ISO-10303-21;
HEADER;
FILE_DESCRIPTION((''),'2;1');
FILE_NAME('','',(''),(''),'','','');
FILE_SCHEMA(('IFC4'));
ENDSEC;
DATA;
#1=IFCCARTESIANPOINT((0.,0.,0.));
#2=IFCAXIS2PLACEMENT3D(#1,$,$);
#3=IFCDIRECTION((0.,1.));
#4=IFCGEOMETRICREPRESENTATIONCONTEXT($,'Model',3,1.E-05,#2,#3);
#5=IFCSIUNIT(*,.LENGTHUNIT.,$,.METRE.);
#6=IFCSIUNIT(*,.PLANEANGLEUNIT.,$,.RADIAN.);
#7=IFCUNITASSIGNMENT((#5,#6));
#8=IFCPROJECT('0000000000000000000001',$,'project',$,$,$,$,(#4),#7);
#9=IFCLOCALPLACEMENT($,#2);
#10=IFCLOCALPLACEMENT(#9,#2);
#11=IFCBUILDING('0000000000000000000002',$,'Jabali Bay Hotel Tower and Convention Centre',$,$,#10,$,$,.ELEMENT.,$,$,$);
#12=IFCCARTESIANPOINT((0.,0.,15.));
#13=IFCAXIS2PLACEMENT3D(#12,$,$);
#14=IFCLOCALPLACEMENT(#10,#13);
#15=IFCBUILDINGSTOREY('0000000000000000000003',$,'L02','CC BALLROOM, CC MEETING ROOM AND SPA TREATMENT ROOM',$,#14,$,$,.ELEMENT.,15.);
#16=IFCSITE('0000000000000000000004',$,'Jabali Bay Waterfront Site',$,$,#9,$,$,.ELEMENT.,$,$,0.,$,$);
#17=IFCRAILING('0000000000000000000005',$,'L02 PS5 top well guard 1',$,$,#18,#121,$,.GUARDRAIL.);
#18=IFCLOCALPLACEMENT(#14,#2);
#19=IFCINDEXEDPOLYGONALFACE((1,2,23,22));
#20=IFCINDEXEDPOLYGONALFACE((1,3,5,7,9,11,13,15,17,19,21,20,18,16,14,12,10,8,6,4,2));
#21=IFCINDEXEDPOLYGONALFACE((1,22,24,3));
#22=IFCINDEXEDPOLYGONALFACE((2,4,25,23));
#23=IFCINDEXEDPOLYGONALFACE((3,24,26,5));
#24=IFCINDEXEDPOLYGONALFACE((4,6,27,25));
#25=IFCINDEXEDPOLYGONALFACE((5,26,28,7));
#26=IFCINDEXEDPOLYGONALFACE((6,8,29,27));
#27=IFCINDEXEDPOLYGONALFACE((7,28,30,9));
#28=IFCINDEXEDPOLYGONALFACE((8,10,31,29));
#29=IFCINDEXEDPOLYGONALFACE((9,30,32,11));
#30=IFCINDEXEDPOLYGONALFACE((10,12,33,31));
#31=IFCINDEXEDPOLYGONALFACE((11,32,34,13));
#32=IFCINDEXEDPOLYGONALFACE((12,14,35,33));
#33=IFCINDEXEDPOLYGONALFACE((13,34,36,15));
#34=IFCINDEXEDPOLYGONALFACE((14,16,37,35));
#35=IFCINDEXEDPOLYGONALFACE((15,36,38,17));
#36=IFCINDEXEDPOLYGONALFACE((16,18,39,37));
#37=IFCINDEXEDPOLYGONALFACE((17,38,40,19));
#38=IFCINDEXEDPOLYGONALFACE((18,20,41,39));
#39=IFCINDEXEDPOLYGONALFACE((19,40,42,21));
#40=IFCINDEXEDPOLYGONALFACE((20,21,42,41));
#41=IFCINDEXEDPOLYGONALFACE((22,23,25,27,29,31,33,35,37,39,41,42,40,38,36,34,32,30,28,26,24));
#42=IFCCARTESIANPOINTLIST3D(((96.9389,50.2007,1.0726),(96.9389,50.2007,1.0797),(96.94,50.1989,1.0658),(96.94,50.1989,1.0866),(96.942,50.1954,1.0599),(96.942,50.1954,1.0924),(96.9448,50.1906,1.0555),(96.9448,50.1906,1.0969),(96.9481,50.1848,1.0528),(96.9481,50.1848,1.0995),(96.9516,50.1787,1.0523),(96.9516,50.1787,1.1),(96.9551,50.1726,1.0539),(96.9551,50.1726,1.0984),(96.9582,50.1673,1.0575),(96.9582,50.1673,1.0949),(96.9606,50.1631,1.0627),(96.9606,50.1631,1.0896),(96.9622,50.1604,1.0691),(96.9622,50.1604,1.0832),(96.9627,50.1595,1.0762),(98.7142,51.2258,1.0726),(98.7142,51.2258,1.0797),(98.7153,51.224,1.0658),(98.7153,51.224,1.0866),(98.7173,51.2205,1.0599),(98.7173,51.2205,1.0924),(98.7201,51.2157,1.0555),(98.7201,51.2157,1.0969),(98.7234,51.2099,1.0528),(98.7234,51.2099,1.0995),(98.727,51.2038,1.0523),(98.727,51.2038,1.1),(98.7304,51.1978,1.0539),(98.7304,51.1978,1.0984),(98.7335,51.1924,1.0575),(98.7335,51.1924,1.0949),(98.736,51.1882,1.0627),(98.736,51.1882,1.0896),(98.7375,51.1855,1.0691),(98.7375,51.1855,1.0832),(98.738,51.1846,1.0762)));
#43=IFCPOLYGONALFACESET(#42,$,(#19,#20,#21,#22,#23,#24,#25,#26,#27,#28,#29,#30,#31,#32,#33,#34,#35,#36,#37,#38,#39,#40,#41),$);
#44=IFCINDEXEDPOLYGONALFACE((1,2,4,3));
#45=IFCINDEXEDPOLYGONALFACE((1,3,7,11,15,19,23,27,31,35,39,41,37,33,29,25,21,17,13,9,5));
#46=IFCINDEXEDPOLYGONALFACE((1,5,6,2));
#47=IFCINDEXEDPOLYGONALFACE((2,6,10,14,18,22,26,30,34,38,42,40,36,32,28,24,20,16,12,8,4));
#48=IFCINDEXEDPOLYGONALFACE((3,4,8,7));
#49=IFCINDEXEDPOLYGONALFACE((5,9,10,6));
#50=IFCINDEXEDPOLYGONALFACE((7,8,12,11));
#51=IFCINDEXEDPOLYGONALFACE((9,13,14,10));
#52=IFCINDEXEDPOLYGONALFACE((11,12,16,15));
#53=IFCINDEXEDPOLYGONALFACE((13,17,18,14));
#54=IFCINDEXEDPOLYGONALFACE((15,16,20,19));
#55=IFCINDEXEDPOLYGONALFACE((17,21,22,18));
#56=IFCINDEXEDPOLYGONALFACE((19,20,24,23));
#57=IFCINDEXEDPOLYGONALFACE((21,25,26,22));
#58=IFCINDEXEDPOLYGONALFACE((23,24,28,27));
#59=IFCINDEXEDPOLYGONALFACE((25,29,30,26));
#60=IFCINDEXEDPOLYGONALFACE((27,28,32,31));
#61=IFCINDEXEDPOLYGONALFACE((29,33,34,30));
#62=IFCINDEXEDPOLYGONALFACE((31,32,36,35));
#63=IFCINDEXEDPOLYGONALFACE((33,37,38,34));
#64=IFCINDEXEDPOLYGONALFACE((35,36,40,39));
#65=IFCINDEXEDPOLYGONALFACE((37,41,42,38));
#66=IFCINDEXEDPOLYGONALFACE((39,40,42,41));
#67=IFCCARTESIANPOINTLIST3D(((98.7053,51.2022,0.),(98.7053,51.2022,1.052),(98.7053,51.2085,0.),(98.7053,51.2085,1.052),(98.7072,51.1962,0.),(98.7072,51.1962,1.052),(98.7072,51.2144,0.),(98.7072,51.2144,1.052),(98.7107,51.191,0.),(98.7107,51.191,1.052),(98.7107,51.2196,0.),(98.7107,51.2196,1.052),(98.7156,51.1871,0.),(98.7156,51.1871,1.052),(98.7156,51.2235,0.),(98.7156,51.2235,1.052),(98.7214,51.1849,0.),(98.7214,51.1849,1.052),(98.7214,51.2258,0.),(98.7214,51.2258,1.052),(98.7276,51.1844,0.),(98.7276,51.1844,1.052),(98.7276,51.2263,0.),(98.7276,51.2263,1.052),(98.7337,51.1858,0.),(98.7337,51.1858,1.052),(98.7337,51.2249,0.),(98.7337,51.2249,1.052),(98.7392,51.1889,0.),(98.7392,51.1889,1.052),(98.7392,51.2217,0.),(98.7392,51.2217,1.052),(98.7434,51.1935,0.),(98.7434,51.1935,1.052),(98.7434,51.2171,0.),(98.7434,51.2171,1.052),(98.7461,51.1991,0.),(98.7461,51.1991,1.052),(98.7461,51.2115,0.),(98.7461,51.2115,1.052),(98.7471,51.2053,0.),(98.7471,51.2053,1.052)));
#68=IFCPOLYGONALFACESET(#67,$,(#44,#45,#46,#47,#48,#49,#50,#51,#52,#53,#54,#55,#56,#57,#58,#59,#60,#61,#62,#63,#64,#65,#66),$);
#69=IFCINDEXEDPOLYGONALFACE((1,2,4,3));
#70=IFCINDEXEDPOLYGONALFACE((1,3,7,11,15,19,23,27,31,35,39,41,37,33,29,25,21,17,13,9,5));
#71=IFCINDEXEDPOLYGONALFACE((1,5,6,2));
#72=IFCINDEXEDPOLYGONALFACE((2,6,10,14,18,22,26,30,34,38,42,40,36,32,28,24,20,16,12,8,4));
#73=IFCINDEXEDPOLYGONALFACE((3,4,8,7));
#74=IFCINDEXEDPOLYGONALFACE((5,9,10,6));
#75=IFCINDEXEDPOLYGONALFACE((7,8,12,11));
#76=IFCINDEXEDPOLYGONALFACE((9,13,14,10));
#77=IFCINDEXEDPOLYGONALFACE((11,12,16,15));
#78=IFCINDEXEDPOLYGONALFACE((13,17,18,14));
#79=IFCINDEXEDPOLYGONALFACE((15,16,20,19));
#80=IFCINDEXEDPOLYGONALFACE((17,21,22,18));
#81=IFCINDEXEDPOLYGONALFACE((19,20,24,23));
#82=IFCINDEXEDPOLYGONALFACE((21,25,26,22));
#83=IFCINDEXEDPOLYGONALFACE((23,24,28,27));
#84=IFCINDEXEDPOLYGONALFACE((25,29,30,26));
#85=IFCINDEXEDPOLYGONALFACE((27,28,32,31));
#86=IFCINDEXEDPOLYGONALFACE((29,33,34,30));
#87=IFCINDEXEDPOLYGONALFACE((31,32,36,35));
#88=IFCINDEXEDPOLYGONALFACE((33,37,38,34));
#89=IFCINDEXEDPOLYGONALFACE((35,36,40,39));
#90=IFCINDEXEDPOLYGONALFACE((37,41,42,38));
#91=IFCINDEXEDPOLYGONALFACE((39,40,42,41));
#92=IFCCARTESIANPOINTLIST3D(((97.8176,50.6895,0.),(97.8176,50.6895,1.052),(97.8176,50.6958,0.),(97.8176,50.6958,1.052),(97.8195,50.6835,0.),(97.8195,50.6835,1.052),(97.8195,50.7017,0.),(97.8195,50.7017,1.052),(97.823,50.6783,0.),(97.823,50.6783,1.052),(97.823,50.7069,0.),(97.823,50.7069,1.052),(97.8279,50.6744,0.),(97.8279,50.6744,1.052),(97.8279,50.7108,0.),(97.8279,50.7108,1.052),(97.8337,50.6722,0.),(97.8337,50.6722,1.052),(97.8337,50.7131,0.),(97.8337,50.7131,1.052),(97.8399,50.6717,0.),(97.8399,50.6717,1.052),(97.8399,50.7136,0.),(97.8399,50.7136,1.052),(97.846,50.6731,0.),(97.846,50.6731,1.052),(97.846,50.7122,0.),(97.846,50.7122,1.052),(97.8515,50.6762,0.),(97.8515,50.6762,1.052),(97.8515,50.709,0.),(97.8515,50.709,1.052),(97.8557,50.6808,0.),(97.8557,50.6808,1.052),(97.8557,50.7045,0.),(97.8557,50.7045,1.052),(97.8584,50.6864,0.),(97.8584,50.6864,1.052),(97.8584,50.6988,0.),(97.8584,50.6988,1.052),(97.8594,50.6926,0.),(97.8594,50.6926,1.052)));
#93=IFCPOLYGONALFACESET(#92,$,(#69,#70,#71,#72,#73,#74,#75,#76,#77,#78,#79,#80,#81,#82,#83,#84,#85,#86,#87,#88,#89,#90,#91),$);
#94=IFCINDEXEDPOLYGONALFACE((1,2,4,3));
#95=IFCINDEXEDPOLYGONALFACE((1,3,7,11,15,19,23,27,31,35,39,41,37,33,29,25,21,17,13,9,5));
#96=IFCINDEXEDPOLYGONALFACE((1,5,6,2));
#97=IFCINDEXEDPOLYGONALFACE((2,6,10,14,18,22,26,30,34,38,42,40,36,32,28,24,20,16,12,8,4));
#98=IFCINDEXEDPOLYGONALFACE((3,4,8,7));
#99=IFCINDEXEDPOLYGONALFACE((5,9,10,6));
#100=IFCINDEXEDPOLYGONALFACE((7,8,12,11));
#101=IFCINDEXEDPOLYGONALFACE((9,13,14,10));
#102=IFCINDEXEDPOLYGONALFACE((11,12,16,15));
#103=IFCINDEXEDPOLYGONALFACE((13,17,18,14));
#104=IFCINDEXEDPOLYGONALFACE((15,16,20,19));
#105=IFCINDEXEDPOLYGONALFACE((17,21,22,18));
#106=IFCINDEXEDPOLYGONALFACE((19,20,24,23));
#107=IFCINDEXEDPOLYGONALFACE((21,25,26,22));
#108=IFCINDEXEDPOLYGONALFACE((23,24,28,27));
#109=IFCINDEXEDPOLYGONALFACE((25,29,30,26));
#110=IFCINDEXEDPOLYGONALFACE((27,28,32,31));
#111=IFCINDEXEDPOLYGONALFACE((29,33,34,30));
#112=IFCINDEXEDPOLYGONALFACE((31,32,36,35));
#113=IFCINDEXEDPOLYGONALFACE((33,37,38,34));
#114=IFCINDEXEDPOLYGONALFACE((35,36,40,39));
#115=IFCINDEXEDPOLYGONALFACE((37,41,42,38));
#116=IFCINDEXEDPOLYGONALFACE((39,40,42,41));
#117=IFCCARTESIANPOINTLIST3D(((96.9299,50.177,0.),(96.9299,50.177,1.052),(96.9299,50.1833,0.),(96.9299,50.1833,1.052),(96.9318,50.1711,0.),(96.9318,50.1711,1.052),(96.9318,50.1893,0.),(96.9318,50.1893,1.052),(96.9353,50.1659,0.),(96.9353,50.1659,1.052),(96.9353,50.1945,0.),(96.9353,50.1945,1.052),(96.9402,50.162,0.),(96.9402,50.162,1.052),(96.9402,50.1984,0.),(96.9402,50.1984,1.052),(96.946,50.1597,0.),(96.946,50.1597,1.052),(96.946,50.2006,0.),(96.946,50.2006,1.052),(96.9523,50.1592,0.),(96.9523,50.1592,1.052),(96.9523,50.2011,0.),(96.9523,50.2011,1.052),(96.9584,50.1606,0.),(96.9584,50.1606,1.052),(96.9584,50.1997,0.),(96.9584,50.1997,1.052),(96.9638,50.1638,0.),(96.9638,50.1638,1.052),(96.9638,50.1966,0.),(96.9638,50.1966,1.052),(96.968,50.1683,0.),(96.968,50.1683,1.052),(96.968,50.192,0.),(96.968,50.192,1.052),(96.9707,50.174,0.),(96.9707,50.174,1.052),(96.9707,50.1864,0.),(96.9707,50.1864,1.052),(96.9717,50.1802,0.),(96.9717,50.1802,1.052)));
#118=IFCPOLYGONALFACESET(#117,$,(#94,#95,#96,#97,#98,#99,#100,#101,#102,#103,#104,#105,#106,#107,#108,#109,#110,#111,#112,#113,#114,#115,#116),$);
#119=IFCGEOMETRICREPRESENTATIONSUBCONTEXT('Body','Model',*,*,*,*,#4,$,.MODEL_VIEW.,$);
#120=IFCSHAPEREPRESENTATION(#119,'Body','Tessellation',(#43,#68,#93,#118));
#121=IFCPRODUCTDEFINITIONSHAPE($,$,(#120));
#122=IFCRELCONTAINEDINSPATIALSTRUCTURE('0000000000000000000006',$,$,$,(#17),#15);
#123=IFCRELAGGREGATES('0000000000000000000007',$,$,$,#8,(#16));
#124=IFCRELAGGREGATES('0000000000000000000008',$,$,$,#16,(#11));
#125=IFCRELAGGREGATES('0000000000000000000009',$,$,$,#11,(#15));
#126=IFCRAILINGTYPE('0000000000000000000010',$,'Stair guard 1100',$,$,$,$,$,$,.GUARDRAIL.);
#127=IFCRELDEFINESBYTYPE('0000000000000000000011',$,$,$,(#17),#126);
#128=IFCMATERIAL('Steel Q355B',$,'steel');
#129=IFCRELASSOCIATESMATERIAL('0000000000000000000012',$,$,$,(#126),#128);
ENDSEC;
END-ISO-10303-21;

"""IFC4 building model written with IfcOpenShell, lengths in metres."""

from ifc_helpers import new_model, si_unit, direction, frame, origin, origin_2d, place, context, subcontext, project, spatial, circle, extrude, material, type_object, element, save


model = new_model("IFC4")

# Units and contexts
model_context = context("Model", 3, precision=1e-05, world=origin(), true_north=direction((0.0, 1.0)))
body_context = subcontext(model_context, "Body", "Model", "MODEL_VIEW")
ifc_project = project(units=[si_unit("LENGTHUNIT", "METRE"), si_unit("PLANEANGLEUNIT", "RADIAN")], contexts=[model_context])

# Site, building, storey
site_placement = place(None, origin())
site = spatial("IfcSite", under=ifc_project, at=site_placement, Name="Jabali Bay Waterfront Site", CompositionType="ELEMENT", RefElevation=0.0)
building_placement = place(site_placement, origin())
building = spatial("IfcBuilding", under=site, at=building_placement, Name="Jabali Bay Hotel Tower and Convention Centre", CompositionType="ELEMENT")
storey_placement = place(building_placement, frame((0.0, 0.0, 15.0)))
storey = spatial("IfcBuildingStorey", under=building, at=storey_placement, Name="L02", Description="CC BALLROOM, CC MEETING ROOM AND SPA TREATMENT ROOM", CompositionType="ELEMENT", Elevation=15.0)

# Railing
ifc_material_1 = material(Name="Steel Q355B", Category="steel")
railing_type_1 = type_object("IfcRailingType", Name="Stair guard 1100", PredefinedType="GUARDRAIL", material=ifc_material_1)
railing_1_placement = place(storey_placement, frame((98.7261, 51.2053, 0.0)))
element("IfcRailing", 1, at=railing_1_placement, inside=storey, type_object=railing_type_1, Name="L02 PS5 top well guard 1", PredefinedType="GUARDRAIL", context=body_context, shape_type="SweptSolid", body=[
    extrude(circle(Radius=0.0239, at=origin_2d()), frame((0.0, 0.0, 1.0762), z_axis=(-0.865999, -0.500045, 0.0), x_axis=(0.500045, -0.865999, 0.0)), (0.0, 0.0, 1.0), 2.05),
    extrude(circle(Radius=0.021, at=origin_2d()), origin(), (0.0, 0.0, 1.0), 1.052),
    extrude(circle(Radius=0.021, at=origin_2d()), frame((-0.8877, -0.5127, 0.0)), (0.0, 0.0, 1.0), 1.052),
    extrude(circle(Radius=0.021, at=origin_2d()), frame((-1.7754, -1.0251, 0.0)), (0.0, 0.0, 1.0), 1.052),
])

save(model, "model.ifc")
